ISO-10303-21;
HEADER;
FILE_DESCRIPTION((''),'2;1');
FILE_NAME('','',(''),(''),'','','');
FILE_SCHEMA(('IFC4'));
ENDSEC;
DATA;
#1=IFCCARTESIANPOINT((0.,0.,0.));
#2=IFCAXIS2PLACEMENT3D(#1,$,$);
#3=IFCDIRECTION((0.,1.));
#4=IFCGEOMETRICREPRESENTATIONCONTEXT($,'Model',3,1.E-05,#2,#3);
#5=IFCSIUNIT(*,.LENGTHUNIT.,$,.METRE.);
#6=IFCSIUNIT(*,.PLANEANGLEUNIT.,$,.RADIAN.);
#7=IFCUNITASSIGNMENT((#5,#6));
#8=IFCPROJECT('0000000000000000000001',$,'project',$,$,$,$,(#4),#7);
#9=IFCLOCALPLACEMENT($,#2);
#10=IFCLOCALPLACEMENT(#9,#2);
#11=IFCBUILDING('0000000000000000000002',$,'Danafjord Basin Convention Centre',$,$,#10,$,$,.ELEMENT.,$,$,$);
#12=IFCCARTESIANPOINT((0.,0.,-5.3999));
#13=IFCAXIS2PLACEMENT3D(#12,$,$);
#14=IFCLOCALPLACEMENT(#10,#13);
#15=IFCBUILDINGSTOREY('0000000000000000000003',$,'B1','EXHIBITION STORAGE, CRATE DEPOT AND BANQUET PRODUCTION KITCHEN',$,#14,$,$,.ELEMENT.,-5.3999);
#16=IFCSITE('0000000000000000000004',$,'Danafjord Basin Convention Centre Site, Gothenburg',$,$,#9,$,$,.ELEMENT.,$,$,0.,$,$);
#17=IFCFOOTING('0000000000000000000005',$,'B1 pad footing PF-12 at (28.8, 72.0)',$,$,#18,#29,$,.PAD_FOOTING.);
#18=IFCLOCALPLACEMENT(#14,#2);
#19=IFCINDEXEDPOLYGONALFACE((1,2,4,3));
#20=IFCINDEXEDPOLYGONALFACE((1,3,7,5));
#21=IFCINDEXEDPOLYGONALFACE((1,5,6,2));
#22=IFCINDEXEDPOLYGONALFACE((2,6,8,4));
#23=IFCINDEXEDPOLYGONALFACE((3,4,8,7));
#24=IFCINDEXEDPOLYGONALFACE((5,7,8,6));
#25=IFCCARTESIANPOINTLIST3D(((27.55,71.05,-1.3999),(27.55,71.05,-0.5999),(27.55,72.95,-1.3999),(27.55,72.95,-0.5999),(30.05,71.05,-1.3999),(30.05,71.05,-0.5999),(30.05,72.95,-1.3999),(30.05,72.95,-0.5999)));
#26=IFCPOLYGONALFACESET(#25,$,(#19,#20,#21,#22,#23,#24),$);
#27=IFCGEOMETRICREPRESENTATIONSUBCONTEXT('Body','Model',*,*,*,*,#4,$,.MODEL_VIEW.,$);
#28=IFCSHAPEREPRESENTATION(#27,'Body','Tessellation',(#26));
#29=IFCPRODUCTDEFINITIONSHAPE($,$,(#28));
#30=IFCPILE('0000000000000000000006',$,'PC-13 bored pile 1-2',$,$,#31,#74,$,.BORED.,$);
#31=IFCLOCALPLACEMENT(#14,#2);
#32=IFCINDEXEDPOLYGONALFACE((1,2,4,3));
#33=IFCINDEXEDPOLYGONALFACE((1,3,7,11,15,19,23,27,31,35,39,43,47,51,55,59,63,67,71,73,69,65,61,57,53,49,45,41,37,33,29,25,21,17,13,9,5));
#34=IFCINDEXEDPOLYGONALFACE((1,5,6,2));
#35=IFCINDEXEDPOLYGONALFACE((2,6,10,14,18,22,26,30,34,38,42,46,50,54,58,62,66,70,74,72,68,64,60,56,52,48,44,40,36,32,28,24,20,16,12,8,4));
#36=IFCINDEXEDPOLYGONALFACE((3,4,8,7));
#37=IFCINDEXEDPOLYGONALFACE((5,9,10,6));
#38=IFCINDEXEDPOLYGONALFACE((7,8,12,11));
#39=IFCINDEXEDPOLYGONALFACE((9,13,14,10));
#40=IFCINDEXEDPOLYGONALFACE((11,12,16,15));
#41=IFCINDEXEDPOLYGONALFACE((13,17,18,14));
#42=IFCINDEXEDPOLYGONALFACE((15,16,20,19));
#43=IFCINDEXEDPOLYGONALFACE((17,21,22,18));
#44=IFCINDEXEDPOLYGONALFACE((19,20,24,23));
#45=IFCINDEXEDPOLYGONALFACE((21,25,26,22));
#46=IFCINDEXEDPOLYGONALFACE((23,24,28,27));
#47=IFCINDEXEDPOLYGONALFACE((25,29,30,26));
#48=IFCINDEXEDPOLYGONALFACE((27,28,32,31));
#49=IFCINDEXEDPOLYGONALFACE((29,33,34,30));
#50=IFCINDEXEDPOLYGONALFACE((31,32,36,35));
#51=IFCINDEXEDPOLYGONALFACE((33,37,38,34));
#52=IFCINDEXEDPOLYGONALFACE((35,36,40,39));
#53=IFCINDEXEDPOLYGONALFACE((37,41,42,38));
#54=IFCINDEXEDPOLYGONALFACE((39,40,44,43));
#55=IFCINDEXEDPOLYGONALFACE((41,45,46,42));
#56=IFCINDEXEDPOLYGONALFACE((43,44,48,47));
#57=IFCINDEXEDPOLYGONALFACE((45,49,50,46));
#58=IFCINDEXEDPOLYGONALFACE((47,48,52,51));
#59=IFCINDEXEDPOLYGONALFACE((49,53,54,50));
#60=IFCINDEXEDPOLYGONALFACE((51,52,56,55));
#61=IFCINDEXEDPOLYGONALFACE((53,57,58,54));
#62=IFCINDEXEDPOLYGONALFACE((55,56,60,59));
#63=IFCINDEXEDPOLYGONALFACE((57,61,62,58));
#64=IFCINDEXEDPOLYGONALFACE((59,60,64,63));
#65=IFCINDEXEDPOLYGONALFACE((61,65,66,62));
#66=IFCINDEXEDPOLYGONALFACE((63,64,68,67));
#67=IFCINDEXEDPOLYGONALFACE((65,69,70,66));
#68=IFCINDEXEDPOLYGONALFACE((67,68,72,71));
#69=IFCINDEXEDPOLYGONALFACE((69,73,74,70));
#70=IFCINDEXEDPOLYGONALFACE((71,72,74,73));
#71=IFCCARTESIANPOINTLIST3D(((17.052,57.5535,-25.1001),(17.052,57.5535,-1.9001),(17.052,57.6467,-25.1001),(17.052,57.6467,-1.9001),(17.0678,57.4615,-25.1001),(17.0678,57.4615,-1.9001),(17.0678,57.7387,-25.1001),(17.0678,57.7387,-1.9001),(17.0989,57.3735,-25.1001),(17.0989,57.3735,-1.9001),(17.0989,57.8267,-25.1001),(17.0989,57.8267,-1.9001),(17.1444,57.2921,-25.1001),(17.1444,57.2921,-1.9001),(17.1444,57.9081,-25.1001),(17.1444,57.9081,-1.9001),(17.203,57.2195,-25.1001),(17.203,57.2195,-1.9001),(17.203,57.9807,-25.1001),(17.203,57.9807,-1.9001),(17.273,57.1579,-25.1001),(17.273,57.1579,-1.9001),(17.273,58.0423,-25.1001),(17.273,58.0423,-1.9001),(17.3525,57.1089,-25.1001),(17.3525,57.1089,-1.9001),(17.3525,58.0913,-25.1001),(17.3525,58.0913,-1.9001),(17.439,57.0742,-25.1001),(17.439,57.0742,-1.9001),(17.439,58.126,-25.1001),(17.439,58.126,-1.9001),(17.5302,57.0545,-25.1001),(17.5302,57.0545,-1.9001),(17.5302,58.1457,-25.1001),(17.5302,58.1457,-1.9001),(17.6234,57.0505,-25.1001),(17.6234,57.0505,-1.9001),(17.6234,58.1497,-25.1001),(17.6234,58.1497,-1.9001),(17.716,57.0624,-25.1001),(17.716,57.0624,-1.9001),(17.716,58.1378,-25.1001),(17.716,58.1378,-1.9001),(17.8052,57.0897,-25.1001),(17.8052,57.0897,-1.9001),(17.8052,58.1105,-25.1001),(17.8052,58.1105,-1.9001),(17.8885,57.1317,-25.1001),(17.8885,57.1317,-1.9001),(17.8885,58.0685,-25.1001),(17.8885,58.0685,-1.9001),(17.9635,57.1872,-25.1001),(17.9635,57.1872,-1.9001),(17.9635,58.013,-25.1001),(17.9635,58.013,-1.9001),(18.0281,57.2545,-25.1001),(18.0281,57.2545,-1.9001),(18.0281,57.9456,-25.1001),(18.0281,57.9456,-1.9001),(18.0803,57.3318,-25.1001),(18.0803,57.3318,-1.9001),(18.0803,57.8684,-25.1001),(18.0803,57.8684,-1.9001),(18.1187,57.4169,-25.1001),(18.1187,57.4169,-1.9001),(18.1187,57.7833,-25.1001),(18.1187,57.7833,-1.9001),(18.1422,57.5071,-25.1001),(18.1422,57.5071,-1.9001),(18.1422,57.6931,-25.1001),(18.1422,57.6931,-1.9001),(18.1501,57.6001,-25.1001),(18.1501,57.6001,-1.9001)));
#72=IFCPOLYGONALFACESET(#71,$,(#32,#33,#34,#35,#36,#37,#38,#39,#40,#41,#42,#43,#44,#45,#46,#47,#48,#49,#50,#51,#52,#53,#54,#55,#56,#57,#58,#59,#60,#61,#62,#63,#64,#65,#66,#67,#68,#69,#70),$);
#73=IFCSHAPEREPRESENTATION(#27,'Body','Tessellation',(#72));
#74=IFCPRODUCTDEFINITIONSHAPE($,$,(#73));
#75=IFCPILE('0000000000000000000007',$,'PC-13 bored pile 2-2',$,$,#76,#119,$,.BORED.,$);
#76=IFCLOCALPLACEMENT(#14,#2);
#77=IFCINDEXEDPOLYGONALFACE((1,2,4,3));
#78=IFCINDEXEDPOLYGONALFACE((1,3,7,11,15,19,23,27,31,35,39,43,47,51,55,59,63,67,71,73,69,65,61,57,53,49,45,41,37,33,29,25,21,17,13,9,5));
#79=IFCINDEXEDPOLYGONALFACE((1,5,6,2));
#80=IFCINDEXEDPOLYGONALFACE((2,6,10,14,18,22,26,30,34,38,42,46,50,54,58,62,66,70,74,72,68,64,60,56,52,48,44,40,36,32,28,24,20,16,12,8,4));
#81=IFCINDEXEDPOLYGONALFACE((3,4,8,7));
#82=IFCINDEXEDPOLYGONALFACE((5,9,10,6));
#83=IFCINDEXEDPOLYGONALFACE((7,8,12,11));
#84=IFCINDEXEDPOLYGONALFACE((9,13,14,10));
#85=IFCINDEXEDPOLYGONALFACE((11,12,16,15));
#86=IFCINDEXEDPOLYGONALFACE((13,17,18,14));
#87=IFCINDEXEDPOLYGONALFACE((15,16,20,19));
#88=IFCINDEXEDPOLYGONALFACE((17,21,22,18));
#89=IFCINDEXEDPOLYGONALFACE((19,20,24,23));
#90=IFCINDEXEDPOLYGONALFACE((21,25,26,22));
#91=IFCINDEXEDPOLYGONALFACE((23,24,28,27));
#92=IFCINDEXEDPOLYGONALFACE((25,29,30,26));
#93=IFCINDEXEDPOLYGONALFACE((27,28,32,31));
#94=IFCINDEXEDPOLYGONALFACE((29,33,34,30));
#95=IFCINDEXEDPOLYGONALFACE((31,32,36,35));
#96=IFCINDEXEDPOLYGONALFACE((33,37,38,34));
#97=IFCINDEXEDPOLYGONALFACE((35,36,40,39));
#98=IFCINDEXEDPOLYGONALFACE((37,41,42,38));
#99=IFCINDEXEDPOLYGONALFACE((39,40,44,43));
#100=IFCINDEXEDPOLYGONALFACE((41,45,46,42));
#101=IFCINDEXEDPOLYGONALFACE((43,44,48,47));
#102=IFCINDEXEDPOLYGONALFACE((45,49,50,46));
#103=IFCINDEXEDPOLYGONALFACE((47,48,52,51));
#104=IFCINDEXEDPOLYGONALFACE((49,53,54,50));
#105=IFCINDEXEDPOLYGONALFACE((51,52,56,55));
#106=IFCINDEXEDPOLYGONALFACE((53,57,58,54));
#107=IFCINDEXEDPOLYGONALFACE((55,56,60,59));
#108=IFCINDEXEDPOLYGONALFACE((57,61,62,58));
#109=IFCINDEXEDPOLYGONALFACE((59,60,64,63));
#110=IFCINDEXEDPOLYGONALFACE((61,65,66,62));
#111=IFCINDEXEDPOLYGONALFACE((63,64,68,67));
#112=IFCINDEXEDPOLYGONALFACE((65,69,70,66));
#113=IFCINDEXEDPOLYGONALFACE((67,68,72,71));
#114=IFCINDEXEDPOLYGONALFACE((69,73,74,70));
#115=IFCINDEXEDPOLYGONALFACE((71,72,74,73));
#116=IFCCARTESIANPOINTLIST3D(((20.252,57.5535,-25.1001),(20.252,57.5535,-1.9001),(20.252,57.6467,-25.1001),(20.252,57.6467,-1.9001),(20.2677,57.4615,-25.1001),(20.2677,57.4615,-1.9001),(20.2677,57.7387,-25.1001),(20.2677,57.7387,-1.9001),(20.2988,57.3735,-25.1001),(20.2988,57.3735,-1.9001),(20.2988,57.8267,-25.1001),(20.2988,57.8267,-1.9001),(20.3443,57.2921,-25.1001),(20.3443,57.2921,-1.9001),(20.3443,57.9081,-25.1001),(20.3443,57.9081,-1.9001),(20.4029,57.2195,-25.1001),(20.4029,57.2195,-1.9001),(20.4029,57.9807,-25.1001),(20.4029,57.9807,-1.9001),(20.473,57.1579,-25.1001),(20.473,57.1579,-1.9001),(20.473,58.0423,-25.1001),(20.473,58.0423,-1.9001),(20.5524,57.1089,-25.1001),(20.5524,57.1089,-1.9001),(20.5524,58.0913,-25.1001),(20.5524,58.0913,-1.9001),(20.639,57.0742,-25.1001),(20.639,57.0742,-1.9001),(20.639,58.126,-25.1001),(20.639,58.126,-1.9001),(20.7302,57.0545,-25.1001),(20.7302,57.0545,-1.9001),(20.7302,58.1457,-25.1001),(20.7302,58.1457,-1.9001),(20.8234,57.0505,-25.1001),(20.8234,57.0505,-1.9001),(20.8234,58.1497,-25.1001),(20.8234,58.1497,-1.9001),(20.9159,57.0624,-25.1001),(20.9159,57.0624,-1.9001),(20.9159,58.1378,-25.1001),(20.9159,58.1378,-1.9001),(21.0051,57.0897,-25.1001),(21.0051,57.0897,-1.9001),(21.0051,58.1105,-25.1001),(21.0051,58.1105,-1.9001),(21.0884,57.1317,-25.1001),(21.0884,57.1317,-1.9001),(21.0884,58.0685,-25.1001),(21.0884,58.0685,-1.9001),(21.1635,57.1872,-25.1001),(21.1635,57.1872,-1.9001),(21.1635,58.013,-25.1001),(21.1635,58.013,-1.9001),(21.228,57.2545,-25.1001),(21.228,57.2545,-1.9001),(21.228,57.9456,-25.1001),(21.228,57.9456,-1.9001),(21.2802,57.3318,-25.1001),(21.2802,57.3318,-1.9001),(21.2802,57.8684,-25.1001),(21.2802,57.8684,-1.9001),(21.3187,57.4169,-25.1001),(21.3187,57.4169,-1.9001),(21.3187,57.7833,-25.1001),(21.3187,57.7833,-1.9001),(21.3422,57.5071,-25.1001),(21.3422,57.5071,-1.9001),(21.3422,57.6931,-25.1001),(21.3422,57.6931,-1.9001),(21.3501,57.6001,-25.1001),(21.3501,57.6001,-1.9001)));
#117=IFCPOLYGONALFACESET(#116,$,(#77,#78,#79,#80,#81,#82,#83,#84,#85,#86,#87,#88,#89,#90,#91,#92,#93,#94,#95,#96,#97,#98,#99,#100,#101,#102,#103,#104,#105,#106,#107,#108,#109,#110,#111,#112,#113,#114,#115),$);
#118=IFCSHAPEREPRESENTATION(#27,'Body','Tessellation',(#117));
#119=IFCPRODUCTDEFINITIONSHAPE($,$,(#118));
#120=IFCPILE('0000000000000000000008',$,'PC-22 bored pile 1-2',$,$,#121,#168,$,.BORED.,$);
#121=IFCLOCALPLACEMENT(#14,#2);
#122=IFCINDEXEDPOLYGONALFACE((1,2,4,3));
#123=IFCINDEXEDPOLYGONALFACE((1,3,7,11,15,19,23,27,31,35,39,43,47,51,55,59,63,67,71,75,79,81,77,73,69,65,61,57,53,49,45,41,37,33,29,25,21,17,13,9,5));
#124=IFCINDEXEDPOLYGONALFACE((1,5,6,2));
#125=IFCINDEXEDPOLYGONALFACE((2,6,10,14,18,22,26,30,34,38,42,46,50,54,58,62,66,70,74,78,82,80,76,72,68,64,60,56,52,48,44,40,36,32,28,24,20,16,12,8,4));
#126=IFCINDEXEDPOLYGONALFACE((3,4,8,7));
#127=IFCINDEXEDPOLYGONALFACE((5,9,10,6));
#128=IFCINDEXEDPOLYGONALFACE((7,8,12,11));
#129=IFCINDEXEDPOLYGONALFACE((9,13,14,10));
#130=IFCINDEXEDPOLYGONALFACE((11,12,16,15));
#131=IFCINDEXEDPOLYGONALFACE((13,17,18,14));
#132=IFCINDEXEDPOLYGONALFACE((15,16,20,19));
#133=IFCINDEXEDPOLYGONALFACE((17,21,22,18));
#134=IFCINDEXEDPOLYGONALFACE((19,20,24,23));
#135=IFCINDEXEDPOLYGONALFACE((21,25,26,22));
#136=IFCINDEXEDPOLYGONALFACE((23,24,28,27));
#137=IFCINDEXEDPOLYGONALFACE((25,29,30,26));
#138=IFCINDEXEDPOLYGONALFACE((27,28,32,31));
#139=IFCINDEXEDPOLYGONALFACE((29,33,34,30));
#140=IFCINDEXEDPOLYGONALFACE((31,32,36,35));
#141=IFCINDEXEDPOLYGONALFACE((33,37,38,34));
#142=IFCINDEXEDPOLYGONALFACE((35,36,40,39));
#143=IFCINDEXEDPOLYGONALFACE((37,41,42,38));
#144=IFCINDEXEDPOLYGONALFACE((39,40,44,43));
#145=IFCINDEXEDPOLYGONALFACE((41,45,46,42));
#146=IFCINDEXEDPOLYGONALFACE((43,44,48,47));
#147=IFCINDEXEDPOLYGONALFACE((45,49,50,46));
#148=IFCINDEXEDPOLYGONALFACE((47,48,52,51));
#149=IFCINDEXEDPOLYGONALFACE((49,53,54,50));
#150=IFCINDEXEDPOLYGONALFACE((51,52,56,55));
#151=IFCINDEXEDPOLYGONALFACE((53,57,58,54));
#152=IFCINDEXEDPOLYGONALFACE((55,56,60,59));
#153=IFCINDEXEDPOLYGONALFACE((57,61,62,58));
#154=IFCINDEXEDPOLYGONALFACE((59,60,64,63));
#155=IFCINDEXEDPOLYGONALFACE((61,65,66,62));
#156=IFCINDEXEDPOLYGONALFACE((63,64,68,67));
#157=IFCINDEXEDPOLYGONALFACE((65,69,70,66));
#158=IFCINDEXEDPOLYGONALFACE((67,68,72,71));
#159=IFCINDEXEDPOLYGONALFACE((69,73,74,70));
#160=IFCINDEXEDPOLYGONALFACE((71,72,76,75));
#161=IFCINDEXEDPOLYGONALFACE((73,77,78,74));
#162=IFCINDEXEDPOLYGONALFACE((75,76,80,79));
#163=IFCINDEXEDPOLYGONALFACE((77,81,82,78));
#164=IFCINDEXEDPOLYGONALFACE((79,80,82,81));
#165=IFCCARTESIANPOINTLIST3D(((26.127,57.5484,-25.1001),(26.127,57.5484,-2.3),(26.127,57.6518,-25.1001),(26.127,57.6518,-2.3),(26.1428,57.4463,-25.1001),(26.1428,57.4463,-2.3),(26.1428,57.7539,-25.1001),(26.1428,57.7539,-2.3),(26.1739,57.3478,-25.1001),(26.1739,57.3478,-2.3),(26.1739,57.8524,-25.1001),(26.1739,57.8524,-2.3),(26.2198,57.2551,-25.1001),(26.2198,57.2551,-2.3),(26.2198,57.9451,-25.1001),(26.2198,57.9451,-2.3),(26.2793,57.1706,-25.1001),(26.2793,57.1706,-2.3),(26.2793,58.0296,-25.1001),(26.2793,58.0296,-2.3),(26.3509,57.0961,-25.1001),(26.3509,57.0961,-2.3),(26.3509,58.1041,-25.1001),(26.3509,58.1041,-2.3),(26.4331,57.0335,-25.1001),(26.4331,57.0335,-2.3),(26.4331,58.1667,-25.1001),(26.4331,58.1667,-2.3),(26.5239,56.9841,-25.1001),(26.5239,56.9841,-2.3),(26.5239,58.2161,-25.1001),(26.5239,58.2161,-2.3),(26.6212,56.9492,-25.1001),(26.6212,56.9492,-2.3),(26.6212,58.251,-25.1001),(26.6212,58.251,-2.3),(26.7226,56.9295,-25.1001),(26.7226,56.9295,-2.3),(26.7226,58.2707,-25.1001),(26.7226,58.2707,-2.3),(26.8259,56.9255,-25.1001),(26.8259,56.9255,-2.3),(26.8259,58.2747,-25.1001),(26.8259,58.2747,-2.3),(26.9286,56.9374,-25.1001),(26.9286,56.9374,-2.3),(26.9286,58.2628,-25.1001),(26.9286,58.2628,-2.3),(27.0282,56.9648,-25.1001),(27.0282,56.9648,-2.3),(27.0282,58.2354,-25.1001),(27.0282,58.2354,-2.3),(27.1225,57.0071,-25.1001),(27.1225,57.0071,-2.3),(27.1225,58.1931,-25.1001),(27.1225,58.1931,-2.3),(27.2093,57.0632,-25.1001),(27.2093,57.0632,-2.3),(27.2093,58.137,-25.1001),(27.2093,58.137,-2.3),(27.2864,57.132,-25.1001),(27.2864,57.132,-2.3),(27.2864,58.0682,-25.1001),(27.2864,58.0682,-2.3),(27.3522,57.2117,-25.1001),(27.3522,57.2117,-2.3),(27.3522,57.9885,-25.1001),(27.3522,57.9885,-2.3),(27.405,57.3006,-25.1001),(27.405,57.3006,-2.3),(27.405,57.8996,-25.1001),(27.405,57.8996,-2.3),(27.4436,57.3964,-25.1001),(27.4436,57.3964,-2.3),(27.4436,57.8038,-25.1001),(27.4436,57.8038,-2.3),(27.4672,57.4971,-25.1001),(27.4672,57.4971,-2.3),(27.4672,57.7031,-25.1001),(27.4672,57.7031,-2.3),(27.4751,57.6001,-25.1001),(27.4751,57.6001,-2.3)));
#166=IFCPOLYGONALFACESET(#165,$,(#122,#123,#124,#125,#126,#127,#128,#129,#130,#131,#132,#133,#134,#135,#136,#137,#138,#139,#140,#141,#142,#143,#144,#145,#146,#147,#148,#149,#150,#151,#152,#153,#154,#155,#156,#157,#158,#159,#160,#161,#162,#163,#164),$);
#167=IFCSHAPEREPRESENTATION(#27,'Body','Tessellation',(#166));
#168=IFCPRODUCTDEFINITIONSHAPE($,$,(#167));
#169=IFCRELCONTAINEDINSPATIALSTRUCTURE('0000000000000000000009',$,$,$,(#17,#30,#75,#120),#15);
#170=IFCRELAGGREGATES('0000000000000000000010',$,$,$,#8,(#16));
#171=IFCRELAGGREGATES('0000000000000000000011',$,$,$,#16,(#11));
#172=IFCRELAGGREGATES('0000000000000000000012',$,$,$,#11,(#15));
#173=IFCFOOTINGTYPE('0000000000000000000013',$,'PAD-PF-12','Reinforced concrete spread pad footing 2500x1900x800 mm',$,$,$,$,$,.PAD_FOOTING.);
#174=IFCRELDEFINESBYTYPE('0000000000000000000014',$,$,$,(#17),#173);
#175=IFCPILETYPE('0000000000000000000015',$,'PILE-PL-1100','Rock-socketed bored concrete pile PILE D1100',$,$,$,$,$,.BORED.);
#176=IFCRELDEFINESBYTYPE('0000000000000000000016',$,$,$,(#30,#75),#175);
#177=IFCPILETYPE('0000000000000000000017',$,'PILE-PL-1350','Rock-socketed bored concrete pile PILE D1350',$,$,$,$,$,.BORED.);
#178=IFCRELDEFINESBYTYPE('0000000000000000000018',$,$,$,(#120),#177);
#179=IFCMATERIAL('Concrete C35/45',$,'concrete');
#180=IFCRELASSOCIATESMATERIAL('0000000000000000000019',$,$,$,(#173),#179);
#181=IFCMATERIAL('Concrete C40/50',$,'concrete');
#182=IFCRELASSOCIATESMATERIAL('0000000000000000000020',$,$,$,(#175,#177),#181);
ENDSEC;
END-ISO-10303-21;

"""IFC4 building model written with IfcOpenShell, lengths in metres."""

from ifc_helpers import new_model, si_unit, direction, frame, origin, origin_2d, place, context, subcontext, project, spatial, rectangle, circle, extrude, material, material_profile, profile_set, type_object, element, save


model = new_model("IFC4")

# Units and contexts
model_context = context("Model", 3, precision=1e-05, world=origin(), true_north=direction((0.0, 1.0)))
body_context = subcontext(model_context, "Body", "Model", "MODEL_VIEW")
ifc_project = project(units=[si_unit("LENGTHUNIT", "METRE"), si_unit("PLANEANGLEUNIT", "RADIAN")], contexts=[model_context])

# Site, building, storey
site_placement = place(None, origin())
site = spatial("IfcSite", under=ifc_project, at=site_placement, Name="Danafjord Basin Convention Centre Site, Gothenburg", CompositionType="ELEMENT", RefElevation=0.0)
building_placement = place(site_placement, origin())
building = spatial("IfcBuilding", under=site, at=building_placement, Name="Danafjord Basin Convention Centre", CompositionType="ELEMENT")
storey_placement = place(building_placement, frame((0.0, 0.0, -5.3999)))
storey = spatial("IfcBuildingStorey", under=building, at=storey_placement, Name="B1", Description="EXHIBITION STORAGE, CRATE DEPOT AND BANQUET PRODUCTION KITCHEN", CompositionType="ELEMENT", Elevation=-5.3999)

# Footing
ifc_material_1 = material(Name="Concrete C40/50", Category="concrete")
ifc_material_2 = material(Name="Concrete C35/45", Category="concrete")
footing_type_1 = type_object("IfcFootingType", Name="PAD-PF-12", Description="Reinforced concrete spread pad footing 2500x1900x800 mm", PredefinedType="PAD_FOOTING", material=ifc_material_2)
footing_1_placement = place(storey_placement, frame((28.8, 72.0, -1.3999), z_axis=(0.0, 0.0, 1.0), x_axis=(1.0, 0.0, 0.0)))
element("IfcFooting", 1, at=footing_1_placement, inside=storey, type_object=footing_type_1, Name="B1 pad footing PF-12 at (28.8, 72.0)", PredefinedType="PAD_FOOTING", context=body_context, shape_type="SweptSolid", body=[
    extrude(rectangle(XDim=2.5, YDim=1.8999, at=origin_2d()), origin(), (0.0, 0.0, 1.0), 0.8),
])

# Piles
ifc_material_profile_1 = material_profile(ifc_material_1, circle(Radius=0.55, at=origin_2d()), Name="PILE D1100")
ifc_profile_set_1 = profile_set([ifc_material_profile_1], Name="Concrete C40/50")
pile_type_1 = type_object("IfcPileType", Name="PILE-PL-1100", Description="Rock-socketed bored concrete pile PILE D1100", PredefinedType="BORED", material=ifc_profile_set_1)
for number, where, z_axis, x_axis, name in (
    (2, (17.6001, 57.6001, -1.9001), (0.0, 0.0, -1.0), (1.0, 0.0, 0.0), "PC-13 bored pile 1-2"),
    (3, (20.8, 57.6001, -1.9001), (0.0, 0.0, -1.0), (1.0, 0.0, 0.0), "PC-13 bored pile 2-2"),
):
    element("IfcPile", number, at=place(storey_placement, frame(where, z_axis=z_axis, x_axis=x_axis)), inside=storey, type_object=pile_type_1, Name=name, PredefinedType="BORED", context=body_context, shape_type="SweptSolid", body=[
        extrude(circle(Radius=0.55, at=origin_2d()), origin(), (0.0, 0.0, 1.0), 23.2),
    ])
ifc_material_profile_2 = material_profile(ifc_material_1, circle(Radius=0.675, at=origin_2d()), Name="PILE D1350")
ifc_profile_set_2 = profile_set([ifc_material_profile_2], Name="Concrete C40/50")
pile_type_2 = type_object("IfcPileType", Name="PILE-PL-1350", Description="Rock-socketed bored concrete pile PILE D1350", PredefinedType="BORED", material=ifc_profile_set_2)
for number, where, z_axis, x_axis, name in (
    (4, (26.8, 57.6001, -2.3), (0.0, 0.0, -1.0), (1.0, 0.0, 0.0), "PC-22 bored pile 1-2"),
):
    element("IfcPile", number, at=place(storey_placement, frame(where, z_axis=z_axis, x_axis=x_axis)), inside=storey, type_object=pile_type_2, Name=name, PredefinedType="BORED", context=body_context, shape_type="SweptSolid", body=[
        extrude(circle(Radius=0.675, at=origin_2d()), origin(), (0.0, 0.0, 1.0), 22.8),
    ])

save(model, "model.ifc")
